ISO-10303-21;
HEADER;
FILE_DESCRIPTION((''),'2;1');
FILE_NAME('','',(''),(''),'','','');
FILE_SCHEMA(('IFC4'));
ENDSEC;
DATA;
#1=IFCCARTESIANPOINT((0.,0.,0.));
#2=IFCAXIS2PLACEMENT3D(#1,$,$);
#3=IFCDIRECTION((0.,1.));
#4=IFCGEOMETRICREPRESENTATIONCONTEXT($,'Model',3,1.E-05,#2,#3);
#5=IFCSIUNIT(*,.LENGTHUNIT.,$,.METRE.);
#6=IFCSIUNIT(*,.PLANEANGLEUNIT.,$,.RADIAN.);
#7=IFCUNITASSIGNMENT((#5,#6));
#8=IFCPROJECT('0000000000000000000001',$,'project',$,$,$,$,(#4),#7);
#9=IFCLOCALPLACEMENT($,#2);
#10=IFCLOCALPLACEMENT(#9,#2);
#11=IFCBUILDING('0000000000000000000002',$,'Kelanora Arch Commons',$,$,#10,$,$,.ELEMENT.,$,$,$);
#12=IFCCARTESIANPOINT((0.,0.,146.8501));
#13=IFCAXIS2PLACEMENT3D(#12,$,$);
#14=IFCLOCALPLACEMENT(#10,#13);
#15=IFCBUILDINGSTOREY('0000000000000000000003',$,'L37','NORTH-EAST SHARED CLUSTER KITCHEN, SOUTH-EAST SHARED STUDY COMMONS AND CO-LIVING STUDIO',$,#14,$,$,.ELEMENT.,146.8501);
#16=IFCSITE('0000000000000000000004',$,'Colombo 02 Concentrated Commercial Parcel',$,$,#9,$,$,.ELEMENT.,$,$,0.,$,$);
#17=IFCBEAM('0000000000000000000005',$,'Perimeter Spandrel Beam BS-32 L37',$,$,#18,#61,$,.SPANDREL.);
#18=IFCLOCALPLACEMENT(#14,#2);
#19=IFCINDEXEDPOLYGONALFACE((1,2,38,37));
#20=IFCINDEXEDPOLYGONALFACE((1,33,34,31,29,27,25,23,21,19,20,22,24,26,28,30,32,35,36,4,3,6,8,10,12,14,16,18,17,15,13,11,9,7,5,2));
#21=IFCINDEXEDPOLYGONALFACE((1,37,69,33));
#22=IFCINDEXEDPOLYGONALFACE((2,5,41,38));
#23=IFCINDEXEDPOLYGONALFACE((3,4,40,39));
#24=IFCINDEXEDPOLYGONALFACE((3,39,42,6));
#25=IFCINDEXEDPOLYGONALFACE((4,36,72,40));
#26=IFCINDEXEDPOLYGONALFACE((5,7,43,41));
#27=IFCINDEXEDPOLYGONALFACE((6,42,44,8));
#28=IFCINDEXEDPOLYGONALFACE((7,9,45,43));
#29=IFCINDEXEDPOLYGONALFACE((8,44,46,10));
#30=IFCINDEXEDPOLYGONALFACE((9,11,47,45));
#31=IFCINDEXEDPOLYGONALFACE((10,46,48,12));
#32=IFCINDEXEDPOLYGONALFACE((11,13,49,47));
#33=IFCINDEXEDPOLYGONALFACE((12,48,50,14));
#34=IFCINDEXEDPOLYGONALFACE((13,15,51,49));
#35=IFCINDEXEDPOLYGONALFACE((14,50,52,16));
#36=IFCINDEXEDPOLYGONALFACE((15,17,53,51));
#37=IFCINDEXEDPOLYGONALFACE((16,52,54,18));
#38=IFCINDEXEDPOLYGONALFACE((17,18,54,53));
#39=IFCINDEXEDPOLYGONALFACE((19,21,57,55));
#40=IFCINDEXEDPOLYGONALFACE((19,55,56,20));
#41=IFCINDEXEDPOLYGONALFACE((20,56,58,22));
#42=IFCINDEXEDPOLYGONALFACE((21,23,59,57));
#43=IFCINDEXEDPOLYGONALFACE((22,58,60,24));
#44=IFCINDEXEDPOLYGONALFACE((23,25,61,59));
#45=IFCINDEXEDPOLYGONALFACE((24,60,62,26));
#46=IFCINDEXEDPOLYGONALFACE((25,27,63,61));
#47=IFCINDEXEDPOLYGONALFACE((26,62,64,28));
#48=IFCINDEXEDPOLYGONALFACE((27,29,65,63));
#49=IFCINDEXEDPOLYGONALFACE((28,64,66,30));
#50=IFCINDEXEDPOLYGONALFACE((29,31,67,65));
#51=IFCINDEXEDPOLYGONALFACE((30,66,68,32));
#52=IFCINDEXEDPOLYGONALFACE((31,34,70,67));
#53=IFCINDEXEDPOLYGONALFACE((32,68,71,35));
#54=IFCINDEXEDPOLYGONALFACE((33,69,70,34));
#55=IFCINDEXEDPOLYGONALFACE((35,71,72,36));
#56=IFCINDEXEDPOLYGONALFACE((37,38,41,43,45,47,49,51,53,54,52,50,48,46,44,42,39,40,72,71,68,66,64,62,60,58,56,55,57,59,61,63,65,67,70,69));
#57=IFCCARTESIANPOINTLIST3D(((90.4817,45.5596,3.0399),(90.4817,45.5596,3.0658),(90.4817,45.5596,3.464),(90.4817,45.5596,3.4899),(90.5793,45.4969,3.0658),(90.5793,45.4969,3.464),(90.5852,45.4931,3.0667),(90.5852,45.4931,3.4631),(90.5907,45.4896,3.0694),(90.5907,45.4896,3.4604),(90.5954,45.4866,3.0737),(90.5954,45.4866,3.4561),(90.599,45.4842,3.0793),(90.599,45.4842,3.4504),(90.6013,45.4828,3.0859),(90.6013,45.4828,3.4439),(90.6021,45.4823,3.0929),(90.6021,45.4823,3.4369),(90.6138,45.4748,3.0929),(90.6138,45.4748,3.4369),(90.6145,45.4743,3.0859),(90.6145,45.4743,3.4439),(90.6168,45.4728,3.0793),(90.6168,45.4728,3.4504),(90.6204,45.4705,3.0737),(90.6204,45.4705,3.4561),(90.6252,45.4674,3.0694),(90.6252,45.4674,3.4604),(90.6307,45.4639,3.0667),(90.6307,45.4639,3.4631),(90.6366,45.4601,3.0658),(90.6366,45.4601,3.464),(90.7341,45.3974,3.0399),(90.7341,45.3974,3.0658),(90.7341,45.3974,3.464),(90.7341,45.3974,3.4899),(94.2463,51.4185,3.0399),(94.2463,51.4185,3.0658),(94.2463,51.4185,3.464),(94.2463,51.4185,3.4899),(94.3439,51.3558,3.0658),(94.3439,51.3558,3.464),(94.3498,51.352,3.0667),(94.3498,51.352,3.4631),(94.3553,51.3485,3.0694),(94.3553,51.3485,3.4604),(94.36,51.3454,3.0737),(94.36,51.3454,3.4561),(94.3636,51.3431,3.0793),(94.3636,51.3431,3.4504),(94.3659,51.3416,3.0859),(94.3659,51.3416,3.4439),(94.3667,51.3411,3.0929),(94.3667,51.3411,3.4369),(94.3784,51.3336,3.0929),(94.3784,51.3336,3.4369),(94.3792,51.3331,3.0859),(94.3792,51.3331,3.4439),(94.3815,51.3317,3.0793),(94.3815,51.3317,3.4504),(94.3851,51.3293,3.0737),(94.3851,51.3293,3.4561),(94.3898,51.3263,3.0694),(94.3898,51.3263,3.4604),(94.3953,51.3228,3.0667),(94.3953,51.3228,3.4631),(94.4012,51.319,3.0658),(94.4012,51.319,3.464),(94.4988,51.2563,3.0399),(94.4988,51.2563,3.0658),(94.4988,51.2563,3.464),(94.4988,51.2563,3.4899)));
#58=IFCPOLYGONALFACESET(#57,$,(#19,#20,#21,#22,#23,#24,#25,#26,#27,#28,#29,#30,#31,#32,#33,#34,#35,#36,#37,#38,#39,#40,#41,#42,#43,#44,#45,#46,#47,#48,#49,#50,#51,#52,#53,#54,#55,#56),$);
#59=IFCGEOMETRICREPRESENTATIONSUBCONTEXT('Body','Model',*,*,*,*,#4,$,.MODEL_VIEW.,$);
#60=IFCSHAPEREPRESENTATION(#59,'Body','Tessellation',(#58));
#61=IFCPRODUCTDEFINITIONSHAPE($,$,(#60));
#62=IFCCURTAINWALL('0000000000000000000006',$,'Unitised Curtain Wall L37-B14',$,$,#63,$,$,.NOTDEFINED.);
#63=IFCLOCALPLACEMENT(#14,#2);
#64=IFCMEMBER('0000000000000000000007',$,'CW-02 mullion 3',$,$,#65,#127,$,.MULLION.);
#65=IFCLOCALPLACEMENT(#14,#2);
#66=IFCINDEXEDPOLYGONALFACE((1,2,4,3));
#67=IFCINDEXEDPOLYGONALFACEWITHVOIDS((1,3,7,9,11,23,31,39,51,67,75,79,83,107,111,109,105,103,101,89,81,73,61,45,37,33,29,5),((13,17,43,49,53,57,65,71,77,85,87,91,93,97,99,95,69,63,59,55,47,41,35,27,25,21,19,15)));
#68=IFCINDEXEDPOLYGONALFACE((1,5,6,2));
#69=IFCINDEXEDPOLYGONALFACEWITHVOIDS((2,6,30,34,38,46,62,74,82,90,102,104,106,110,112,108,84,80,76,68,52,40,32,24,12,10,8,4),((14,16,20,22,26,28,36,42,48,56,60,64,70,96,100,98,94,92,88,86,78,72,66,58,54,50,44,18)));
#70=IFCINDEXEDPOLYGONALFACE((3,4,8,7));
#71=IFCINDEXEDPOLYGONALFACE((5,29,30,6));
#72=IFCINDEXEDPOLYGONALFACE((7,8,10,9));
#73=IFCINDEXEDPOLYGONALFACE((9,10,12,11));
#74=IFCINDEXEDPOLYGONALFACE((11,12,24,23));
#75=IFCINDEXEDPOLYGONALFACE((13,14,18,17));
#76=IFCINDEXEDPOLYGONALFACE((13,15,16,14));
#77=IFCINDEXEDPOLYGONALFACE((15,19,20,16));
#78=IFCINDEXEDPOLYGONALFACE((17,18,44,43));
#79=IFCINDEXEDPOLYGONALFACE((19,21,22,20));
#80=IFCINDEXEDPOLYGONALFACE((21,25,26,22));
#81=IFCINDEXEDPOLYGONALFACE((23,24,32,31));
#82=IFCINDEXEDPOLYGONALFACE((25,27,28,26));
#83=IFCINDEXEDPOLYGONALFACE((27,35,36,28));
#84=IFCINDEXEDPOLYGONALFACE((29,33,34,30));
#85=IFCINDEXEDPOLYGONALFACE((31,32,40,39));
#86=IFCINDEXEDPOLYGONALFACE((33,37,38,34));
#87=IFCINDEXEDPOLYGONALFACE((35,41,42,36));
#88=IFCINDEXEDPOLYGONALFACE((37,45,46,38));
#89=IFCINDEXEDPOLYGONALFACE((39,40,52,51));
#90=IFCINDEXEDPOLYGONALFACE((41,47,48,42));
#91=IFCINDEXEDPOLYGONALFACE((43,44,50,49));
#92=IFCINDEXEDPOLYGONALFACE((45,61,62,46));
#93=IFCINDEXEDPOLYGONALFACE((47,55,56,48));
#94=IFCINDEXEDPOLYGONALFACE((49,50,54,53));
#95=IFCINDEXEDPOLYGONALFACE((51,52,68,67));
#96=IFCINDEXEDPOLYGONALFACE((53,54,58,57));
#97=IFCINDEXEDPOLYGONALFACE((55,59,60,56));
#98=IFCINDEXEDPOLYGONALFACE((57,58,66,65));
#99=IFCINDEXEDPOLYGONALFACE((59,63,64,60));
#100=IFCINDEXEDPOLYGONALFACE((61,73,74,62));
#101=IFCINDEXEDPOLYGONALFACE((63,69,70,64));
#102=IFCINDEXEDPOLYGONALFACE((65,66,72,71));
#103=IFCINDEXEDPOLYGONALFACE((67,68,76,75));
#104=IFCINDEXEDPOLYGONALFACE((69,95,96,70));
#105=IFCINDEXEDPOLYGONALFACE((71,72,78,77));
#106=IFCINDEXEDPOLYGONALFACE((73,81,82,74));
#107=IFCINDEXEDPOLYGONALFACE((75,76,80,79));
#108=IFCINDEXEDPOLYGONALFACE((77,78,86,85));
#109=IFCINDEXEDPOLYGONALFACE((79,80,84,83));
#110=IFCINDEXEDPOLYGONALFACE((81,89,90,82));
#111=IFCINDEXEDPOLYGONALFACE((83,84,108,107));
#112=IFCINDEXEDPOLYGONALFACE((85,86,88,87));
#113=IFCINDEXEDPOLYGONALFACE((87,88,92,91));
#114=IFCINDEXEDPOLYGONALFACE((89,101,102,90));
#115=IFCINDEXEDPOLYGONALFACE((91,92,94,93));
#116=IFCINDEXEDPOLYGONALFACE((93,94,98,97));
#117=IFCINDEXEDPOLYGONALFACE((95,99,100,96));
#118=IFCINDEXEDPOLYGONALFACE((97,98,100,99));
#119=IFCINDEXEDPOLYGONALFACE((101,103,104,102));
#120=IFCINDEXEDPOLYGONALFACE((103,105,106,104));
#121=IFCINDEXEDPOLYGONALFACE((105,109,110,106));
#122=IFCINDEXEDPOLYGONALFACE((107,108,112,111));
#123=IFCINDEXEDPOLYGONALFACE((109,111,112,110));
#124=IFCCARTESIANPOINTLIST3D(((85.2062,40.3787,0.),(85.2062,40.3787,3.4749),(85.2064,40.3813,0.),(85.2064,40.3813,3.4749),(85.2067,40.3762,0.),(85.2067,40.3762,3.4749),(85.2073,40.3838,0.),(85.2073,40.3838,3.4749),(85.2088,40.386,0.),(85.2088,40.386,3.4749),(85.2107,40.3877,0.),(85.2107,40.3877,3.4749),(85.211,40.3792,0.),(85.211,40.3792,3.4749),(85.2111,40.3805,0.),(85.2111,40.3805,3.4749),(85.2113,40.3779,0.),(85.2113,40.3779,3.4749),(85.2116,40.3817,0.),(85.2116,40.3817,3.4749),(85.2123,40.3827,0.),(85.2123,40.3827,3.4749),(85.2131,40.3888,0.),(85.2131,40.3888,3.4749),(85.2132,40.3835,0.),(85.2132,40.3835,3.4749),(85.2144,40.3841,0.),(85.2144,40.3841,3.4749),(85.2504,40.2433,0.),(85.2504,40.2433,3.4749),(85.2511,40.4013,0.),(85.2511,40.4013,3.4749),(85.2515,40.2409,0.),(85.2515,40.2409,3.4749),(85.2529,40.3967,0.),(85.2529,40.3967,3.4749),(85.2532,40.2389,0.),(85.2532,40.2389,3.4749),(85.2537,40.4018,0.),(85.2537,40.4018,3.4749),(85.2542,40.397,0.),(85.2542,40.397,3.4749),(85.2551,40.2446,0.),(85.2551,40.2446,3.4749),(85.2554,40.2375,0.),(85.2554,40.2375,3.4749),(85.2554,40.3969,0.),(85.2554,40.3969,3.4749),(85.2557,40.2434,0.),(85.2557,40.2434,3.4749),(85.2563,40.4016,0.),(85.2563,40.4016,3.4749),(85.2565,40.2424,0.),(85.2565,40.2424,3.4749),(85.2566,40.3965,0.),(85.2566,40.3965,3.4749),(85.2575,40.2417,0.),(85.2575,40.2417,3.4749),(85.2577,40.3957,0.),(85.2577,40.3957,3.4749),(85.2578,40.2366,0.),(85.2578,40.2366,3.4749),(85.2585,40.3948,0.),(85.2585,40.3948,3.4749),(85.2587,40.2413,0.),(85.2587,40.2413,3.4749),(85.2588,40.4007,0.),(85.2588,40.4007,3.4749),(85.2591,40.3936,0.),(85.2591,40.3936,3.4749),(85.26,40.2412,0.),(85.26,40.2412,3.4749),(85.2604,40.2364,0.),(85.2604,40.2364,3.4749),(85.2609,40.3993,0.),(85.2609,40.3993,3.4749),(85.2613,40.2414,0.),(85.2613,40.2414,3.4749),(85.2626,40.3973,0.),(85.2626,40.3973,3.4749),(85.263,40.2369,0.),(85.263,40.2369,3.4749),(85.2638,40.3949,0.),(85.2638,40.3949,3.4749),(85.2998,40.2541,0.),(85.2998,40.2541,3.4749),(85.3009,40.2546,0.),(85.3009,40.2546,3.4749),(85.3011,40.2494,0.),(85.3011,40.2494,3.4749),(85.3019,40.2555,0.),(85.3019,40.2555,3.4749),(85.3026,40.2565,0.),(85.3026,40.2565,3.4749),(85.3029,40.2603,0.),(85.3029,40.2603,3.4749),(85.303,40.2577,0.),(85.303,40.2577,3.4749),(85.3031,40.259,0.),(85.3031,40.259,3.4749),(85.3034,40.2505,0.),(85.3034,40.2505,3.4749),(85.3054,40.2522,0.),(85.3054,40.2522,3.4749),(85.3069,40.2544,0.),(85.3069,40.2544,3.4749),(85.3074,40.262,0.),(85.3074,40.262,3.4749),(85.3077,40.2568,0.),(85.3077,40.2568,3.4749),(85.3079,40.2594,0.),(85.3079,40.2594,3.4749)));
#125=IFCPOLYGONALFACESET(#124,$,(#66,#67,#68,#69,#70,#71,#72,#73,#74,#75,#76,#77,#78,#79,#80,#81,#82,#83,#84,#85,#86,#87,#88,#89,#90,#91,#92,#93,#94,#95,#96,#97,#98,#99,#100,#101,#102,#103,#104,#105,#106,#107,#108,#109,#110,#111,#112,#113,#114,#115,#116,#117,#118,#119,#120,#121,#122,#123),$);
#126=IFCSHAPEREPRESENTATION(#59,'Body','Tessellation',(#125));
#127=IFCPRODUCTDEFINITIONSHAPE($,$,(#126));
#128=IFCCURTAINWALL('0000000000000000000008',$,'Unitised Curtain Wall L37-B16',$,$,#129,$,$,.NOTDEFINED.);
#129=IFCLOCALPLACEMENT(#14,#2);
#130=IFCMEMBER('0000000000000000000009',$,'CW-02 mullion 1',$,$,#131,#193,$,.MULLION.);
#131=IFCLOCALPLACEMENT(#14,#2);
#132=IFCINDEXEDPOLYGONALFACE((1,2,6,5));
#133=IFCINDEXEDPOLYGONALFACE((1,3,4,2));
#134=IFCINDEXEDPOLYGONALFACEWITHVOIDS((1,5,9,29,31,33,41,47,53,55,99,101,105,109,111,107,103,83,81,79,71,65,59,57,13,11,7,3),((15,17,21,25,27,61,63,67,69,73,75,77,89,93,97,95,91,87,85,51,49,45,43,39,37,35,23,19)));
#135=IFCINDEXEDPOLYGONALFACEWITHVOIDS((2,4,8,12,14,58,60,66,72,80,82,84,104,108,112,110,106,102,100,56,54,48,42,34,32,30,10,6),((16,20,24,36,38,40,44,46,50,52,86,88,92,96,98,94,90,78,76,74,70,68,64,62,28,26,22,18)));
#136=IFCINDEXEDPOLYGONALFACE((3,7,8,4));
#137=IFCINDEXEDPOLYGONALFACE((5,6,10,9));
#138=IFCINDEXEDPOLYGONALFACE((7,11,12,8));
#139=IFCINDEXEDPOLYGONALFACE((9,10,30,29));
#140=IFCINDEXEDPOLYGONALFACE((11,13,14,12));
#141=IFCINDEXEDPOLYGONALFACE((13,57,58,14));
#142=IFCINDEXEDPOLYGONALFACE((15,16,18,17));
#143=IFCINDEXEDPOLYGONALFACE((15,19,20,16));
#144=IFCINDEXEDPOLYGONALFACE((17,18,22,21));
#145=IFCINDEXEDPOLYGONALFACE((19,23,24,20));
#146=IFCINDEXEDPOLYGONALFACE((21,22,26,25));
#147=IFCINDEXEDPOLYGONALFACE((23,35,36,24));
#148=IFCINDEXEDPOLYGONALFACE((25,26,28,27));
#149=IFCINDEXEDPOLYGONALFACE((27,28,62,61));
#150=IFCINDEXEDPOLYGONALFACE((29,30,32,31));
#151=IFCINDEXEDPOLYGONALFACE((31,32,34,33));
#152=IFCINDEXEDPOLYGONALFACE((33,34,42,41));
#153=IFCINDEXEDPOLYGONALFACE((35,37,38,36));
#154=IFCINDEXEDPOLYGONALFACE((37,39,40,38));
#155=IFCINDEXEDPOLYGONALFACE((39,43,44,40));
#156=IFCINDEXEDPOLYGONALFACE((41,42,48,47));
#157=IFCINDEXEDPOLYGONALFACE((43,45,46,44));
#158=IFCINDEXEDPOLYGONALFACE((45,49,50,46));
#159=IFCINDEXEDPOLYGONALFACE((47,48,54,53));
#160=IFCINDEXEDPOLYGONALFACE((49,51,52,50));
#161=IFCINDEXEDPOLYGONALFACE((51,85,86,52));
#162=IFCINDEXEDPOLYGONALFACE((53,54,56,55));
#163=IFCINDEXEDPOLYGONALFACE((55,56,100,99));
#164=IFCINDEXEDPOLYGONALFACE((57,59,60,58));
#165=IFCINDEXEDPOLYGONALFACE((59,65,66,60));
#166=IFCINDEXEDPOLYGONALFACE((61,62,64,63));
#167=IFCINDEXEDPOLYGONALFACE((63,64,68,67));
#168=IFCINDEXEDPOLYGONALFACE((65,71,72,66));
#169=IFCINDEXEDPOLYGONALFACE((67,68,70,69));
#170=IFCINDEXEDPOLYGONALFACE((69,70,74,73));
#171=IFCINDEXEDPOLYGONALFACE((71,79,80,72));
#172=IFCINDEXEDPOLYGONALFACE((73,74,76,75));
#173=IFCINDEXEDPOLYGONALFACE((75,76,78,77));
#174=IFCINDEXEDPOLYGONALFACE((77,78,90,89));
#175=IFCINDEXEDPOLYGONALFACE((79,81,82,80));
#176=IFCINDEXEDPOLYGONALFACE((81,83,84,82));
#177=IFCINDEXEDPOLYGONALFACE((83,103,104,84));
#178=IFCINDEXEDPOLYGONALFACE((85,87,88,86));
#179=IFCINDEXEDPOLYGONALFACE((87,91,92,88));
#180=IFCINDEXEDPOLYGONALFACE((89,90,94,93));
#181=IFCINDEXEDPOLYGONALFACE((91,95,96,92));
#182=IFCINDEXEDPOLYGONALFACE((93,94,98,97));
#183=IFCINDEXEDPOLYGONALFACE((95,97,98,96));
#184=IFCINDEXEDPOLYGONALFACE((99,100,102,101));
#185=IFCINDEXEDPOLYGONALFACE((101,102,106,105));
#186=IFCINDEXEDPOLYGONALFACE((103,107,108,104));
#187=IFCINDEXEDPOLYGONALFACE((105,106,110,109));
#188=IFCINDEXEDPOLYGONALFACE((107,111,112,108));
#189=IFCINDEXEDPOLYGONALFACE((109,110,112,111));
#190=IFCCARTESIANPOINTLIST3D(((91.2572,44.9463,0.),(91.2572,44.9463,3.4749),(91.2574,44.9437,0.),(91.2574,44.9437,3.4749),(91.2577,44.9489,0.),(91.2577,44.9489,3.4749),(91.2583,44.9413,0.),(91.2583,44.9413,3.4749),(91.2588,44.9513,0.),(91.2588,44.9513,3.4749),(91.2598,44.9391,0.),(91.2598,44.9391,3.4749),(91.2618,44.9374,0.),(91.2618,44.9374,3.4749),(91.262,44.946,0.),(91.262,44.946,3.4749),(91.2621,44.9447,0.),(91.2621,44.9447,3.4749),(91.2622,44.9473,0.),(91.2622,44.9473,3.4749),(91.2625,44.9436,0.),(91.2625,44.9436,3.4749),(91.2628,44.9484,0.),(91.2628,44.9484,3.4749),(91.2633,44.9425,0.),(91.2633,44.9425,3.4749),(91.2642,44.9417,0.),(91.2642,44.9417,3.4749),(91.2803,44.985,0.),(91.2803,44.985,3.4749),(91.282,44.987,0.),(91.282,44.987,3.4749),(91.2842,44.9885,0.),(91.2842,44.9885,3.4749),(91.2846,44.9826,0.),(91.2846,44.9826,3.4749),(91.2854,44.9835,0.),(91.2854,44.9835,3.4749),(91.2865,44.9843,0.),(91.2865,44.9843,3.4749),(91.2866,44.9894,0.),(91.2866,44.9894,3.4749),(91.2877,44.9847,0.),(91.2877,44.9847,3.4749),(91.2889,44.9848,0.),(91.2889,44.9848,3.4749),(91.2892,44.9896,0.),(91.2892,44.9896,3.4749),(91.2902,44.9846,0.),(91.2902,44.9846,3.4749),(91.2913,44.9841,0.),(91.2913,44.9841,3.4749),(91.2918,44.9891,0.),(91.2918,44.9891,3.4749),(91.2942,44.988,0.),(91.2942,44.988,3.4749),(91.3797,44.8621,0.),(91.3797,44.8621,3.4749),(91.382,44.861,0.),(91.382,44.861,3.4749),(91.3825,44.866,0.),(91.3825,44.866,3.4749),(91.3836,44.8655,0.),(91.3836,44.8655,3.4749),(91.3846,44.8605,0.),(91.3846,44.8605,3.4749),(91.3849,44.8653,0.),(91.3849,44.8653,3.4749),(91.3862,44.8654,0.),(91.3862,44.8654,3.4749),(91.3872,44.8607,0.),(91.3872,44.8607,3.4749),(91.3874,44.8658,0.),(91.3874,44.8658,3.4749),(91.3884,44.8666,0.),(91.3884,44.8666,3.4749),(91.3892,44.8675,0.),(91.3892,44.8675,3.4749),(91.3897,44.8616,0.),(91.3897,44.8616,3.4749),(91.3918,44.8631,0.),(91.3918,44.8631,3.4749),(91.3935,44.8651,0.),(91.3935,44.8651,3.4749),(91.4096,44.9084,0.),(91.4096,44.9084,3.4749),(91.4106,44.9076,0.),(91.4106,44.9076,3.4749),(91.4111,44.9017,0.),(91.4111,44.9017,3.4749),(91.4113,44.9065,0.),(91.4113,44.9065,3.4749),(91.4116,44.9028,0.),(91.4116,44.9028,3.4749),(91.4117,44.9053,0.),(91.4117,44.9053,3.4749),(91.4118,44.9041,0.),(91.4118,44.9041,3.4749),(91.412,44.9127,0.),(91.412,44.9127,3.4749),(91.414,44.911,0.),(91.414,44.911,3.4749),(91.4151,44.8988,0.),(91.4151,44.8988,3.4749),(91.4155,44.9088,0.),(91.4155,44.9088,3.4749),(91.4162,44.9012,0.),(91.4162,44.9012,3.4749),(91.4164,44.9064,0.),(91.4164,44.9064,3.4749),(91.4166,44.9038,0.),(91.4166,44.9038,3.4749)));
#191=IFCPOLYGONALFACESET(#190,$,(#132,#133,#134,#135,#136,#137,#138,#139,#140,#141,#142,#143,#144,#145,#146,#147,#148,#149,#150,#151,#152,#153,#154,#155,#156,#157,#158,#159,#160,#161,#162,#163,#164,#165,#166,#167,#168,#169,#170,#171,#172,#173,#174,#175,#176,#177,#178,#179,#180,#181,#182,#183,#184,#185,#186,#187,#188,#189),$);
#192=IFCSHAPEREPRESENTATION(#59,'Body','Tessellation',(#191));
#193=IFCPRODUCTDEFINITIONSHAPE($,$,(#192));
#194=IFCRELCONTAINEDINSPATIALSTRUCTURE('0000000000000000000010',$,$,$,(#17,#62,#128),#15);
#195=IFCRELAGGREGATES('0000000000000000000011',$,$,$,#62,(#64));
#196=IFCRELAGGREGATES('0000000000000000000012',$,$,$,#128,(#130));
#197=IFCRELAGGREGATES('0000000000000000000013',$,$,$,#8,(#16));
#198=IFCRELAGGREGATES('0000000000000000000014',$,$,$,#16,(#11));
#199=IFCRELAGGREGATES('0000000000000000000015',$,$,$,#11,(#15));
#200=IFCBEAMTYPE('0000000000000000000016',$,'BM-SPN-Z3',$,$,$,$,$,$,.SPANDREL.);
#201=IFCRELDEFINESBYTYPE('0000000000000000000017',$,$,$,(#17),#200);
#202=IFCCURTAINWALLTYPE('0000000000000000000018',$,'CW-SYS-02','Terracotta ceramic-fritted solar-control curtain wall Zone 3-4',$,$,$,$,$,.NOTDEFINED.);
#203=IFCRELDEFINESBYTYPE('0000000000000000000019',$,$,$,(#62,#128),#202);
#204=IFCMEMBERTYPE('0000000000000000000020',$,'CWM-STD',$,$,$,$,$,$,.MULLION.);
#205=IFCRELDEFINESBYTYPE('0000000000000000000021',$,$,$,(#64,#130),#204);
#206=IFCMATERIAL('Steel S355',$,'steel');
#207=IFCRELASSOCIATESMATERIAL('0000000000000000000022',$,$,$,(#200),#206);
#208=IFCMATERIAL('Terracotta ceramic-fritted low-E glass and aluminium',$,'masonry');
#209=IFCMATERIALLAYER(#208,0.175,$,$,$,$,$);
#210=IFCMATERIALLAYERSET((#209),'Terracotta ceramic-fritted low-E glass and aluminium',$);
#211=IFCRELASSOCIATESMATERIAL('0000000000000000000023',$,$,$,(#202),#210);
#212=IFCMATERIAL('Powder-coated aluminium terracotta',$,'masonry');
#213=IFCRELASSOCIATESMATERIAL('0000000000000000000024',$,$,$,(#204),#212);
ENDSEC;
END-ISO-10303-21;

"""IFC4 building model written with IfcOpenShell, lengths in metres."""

from ifc_helpers import new_model, si_unit, direction, frame, origin, origin_2d, place, context, subcontext, project, spatial, hollow_rectangle, i_section, extrude, material, layer, layer_set, material_profile, profile_set, type_object, element, aggregate, save


model = new_model("IFC4")

# Units and contexts
model_context = context("Model", 3, precision=1e-05, world=origin(), true_north=direction((0.0, 1.0)))
body_context = subcontext(model_context, "Body", "Model", "MODEL_VIEW")
ifc_project = project(units=[si_unit("LENGTHUNIT", "METRE"), si_unit("PLANEANGLEUNIT", "RADIAN")], contexts=[model_context])

# Site, building, storey
site_placement = place(None, origin())
site = spatial("IfcSite", under=ifc_project, at=site_placement, Name="Colombo 02 Concentrated Commercial Parcel", CompositionType="ELEMENT", RefElevation=0.0)
building_placement = place(site_placement, origin())
building = spatial("IfcBuilding", under=site, at=building_placement, Name="Kelanora Arch Commons", CompositionType="ELEMENT")
storey_placement = place(building_placement, frame((0.0, 0.0, 146.8501)))
storey = spatial("IfcBuildingStorey", under=building, at=storey_placement, Name="L37", Description="NORTH-EAST SHARED CLUSTER KITCHEN, SOUTH-EAST SHARED STUDY COMMONS AND CO-LIVING STUDIO", CompositionType="ELEMENT", Elevation=146.8501)

# Beam
ifc_material_1 = material(Name="Steel S355", Category="steel")
ifc_material_profile_1 = material_profile(ifc_material_1, i_section(OverallWidth=0.3, OverallDepth=0.45, WebThickness=0.0139, FlangeThickness=0.0259, FilletRadius=0.0271, at=origin_2d()), Name="HEB450")
ifc_profile_set_1 = profile_set([ifc_material_profile_1], Name="Steel S355")
beam_type_1 = type_object("IfcBeamType", Name="BM-SPN-Z3", PredefinedType="SPANDREL", material=ifc_profile_set_1)
beam_1_placement = place(storey_placement, frame((90.6079, 45.4785, 3.2649), z_axis=(0.540577, 0.841295, 0.0), x_axis=(-0.841295, 0.540577, 0.0)))
element("IfcBeam", 1, at=beam_1_placement, inside=storey, type_object=beam_type_1, Name="Perimeter Spandrel Beam BS-32 L37", PredefinedType="SPANDREL", context=body_context, shape_type="SweptSolid", body=[
    extrude(i_section(OverallWidth=0.3, OverallDepth=0.45, WebThickness=0.0139, FlangeThickness=0.0259, FilletRadius=0.0271, at=origin_2d()), origin(), (0.0, 0.0, 1.0), 6.9641),
])

# Curtain wall, member
ifc_material_2 = material(Name="Terracotta ceramic-fritted low-E glass and aluminium", Category="masonry")
ifc_layer_1 = layer(ifc_material_2, 0.175)
ifc_layer_set_1 = layer_set([ifc_layer_1], Name="Terracotta ceramic-fritted low-E glass and aluminium")
curtain_wall_type = type_object("IfcCurtainWallType", Name="CW-SYS-02", Description="Terracotta ceramic-fritted solar-control curtain wall Zone 3-4", PredefinedType="NOTDEFINED", material=ifc_layer_set_1)
curtain_wall_1_placement = place(storey_placement, origin())
curtain_wall_1 = element("IfcCurtainWall", 2, at=curtain_wall_1_placement, inside=storey, type_object=curtain_wall_type, Name="Unitised Curtain Wall L37-B14", PredefinedType="NOTDEFINED")
ifc_material_3 = material(Name="Powder-coated aluminium terracotta", Category="masonry")
ifc_material_profile_2 = material_profile(ifc_material_3, hollow_rectangle(XDim=0.1599, YDim=0.0601, WallThickness=0.0049, InnerFilletRadius=0.0049, OuterFilletRadius=0.01, at=origin_2d()), Name="CWM160x60")
ifc_profile_set_2 = profile_set([ifc_material_profile_2], Name="Powder-coated aluminium terracotta")
member_type_1 = type_object("IfcMemberType", Name="CWM-STD", PredefinedType="MULLION", material=ifc_profile_set_2)
member_1_placement = place(storey_placement, frame((85.2571, 40.3191, 0.0), z_axis=(0.0, 0.0, 1.0), x_axis=(-0.312128, 0.95004, 0.0)))
member_1 = element("IfcMember", 3, at=member_1_placement, type_object=member_type_1, Name="CW-02 mullion 3", PredefinedType="MULLION", context=body_context, shape_type="SweptSolid", body=[
    extrude(hollow_rectangle(XDim=0.1599, YDim=0.0601, WallThickness=0.0049, InnerFilletRadius=0.0049, OuterFilletRadius=0.01, at=origin_2d()), origin(), (0.0, 0.0, 1.0), 3.4749),
])

# Curtain wall, member
curtain_wall_2_placement = place(storey_placement, origin())
curtain_wall_2 = element("IfcCurtainWall", 4, at=curtain_wall_2_placement, inside=storey, type_object=curtain_wall_type, Name="Unitised Curtain Wall L37-B16", PredefinedType="NOTDEFINED")
member_2_placement = place(storey_placement, frame((91.3369, 44.925, 0.0), z_axis=(0.0, 0.0, 1.0), x_axis=(-0.842423, 0.538817, 0.0)))
member_2 = element("IfcMember", 5, at=member_2_placement, type_object=member_type_1, Name="CW-02 mullion 1", PredefinedType="MULLION", context=body_context, shape_type="SweptSolid", body=[
    extrude(hollow_rectangle(XDim=0.1599, YDim=0.0601, WallThickness=0.0049, InnerFilletRadius=0.0049, OuterFilletRadius=0.01, at=origin_2d()), origin(), (0.0, 0.0, 1.0), 3.4749),
])

aggregate(curtain_wall_1, [member_1])
aggregate(curtain_wall_2, [member_2])

save(model, "model.ifc")
